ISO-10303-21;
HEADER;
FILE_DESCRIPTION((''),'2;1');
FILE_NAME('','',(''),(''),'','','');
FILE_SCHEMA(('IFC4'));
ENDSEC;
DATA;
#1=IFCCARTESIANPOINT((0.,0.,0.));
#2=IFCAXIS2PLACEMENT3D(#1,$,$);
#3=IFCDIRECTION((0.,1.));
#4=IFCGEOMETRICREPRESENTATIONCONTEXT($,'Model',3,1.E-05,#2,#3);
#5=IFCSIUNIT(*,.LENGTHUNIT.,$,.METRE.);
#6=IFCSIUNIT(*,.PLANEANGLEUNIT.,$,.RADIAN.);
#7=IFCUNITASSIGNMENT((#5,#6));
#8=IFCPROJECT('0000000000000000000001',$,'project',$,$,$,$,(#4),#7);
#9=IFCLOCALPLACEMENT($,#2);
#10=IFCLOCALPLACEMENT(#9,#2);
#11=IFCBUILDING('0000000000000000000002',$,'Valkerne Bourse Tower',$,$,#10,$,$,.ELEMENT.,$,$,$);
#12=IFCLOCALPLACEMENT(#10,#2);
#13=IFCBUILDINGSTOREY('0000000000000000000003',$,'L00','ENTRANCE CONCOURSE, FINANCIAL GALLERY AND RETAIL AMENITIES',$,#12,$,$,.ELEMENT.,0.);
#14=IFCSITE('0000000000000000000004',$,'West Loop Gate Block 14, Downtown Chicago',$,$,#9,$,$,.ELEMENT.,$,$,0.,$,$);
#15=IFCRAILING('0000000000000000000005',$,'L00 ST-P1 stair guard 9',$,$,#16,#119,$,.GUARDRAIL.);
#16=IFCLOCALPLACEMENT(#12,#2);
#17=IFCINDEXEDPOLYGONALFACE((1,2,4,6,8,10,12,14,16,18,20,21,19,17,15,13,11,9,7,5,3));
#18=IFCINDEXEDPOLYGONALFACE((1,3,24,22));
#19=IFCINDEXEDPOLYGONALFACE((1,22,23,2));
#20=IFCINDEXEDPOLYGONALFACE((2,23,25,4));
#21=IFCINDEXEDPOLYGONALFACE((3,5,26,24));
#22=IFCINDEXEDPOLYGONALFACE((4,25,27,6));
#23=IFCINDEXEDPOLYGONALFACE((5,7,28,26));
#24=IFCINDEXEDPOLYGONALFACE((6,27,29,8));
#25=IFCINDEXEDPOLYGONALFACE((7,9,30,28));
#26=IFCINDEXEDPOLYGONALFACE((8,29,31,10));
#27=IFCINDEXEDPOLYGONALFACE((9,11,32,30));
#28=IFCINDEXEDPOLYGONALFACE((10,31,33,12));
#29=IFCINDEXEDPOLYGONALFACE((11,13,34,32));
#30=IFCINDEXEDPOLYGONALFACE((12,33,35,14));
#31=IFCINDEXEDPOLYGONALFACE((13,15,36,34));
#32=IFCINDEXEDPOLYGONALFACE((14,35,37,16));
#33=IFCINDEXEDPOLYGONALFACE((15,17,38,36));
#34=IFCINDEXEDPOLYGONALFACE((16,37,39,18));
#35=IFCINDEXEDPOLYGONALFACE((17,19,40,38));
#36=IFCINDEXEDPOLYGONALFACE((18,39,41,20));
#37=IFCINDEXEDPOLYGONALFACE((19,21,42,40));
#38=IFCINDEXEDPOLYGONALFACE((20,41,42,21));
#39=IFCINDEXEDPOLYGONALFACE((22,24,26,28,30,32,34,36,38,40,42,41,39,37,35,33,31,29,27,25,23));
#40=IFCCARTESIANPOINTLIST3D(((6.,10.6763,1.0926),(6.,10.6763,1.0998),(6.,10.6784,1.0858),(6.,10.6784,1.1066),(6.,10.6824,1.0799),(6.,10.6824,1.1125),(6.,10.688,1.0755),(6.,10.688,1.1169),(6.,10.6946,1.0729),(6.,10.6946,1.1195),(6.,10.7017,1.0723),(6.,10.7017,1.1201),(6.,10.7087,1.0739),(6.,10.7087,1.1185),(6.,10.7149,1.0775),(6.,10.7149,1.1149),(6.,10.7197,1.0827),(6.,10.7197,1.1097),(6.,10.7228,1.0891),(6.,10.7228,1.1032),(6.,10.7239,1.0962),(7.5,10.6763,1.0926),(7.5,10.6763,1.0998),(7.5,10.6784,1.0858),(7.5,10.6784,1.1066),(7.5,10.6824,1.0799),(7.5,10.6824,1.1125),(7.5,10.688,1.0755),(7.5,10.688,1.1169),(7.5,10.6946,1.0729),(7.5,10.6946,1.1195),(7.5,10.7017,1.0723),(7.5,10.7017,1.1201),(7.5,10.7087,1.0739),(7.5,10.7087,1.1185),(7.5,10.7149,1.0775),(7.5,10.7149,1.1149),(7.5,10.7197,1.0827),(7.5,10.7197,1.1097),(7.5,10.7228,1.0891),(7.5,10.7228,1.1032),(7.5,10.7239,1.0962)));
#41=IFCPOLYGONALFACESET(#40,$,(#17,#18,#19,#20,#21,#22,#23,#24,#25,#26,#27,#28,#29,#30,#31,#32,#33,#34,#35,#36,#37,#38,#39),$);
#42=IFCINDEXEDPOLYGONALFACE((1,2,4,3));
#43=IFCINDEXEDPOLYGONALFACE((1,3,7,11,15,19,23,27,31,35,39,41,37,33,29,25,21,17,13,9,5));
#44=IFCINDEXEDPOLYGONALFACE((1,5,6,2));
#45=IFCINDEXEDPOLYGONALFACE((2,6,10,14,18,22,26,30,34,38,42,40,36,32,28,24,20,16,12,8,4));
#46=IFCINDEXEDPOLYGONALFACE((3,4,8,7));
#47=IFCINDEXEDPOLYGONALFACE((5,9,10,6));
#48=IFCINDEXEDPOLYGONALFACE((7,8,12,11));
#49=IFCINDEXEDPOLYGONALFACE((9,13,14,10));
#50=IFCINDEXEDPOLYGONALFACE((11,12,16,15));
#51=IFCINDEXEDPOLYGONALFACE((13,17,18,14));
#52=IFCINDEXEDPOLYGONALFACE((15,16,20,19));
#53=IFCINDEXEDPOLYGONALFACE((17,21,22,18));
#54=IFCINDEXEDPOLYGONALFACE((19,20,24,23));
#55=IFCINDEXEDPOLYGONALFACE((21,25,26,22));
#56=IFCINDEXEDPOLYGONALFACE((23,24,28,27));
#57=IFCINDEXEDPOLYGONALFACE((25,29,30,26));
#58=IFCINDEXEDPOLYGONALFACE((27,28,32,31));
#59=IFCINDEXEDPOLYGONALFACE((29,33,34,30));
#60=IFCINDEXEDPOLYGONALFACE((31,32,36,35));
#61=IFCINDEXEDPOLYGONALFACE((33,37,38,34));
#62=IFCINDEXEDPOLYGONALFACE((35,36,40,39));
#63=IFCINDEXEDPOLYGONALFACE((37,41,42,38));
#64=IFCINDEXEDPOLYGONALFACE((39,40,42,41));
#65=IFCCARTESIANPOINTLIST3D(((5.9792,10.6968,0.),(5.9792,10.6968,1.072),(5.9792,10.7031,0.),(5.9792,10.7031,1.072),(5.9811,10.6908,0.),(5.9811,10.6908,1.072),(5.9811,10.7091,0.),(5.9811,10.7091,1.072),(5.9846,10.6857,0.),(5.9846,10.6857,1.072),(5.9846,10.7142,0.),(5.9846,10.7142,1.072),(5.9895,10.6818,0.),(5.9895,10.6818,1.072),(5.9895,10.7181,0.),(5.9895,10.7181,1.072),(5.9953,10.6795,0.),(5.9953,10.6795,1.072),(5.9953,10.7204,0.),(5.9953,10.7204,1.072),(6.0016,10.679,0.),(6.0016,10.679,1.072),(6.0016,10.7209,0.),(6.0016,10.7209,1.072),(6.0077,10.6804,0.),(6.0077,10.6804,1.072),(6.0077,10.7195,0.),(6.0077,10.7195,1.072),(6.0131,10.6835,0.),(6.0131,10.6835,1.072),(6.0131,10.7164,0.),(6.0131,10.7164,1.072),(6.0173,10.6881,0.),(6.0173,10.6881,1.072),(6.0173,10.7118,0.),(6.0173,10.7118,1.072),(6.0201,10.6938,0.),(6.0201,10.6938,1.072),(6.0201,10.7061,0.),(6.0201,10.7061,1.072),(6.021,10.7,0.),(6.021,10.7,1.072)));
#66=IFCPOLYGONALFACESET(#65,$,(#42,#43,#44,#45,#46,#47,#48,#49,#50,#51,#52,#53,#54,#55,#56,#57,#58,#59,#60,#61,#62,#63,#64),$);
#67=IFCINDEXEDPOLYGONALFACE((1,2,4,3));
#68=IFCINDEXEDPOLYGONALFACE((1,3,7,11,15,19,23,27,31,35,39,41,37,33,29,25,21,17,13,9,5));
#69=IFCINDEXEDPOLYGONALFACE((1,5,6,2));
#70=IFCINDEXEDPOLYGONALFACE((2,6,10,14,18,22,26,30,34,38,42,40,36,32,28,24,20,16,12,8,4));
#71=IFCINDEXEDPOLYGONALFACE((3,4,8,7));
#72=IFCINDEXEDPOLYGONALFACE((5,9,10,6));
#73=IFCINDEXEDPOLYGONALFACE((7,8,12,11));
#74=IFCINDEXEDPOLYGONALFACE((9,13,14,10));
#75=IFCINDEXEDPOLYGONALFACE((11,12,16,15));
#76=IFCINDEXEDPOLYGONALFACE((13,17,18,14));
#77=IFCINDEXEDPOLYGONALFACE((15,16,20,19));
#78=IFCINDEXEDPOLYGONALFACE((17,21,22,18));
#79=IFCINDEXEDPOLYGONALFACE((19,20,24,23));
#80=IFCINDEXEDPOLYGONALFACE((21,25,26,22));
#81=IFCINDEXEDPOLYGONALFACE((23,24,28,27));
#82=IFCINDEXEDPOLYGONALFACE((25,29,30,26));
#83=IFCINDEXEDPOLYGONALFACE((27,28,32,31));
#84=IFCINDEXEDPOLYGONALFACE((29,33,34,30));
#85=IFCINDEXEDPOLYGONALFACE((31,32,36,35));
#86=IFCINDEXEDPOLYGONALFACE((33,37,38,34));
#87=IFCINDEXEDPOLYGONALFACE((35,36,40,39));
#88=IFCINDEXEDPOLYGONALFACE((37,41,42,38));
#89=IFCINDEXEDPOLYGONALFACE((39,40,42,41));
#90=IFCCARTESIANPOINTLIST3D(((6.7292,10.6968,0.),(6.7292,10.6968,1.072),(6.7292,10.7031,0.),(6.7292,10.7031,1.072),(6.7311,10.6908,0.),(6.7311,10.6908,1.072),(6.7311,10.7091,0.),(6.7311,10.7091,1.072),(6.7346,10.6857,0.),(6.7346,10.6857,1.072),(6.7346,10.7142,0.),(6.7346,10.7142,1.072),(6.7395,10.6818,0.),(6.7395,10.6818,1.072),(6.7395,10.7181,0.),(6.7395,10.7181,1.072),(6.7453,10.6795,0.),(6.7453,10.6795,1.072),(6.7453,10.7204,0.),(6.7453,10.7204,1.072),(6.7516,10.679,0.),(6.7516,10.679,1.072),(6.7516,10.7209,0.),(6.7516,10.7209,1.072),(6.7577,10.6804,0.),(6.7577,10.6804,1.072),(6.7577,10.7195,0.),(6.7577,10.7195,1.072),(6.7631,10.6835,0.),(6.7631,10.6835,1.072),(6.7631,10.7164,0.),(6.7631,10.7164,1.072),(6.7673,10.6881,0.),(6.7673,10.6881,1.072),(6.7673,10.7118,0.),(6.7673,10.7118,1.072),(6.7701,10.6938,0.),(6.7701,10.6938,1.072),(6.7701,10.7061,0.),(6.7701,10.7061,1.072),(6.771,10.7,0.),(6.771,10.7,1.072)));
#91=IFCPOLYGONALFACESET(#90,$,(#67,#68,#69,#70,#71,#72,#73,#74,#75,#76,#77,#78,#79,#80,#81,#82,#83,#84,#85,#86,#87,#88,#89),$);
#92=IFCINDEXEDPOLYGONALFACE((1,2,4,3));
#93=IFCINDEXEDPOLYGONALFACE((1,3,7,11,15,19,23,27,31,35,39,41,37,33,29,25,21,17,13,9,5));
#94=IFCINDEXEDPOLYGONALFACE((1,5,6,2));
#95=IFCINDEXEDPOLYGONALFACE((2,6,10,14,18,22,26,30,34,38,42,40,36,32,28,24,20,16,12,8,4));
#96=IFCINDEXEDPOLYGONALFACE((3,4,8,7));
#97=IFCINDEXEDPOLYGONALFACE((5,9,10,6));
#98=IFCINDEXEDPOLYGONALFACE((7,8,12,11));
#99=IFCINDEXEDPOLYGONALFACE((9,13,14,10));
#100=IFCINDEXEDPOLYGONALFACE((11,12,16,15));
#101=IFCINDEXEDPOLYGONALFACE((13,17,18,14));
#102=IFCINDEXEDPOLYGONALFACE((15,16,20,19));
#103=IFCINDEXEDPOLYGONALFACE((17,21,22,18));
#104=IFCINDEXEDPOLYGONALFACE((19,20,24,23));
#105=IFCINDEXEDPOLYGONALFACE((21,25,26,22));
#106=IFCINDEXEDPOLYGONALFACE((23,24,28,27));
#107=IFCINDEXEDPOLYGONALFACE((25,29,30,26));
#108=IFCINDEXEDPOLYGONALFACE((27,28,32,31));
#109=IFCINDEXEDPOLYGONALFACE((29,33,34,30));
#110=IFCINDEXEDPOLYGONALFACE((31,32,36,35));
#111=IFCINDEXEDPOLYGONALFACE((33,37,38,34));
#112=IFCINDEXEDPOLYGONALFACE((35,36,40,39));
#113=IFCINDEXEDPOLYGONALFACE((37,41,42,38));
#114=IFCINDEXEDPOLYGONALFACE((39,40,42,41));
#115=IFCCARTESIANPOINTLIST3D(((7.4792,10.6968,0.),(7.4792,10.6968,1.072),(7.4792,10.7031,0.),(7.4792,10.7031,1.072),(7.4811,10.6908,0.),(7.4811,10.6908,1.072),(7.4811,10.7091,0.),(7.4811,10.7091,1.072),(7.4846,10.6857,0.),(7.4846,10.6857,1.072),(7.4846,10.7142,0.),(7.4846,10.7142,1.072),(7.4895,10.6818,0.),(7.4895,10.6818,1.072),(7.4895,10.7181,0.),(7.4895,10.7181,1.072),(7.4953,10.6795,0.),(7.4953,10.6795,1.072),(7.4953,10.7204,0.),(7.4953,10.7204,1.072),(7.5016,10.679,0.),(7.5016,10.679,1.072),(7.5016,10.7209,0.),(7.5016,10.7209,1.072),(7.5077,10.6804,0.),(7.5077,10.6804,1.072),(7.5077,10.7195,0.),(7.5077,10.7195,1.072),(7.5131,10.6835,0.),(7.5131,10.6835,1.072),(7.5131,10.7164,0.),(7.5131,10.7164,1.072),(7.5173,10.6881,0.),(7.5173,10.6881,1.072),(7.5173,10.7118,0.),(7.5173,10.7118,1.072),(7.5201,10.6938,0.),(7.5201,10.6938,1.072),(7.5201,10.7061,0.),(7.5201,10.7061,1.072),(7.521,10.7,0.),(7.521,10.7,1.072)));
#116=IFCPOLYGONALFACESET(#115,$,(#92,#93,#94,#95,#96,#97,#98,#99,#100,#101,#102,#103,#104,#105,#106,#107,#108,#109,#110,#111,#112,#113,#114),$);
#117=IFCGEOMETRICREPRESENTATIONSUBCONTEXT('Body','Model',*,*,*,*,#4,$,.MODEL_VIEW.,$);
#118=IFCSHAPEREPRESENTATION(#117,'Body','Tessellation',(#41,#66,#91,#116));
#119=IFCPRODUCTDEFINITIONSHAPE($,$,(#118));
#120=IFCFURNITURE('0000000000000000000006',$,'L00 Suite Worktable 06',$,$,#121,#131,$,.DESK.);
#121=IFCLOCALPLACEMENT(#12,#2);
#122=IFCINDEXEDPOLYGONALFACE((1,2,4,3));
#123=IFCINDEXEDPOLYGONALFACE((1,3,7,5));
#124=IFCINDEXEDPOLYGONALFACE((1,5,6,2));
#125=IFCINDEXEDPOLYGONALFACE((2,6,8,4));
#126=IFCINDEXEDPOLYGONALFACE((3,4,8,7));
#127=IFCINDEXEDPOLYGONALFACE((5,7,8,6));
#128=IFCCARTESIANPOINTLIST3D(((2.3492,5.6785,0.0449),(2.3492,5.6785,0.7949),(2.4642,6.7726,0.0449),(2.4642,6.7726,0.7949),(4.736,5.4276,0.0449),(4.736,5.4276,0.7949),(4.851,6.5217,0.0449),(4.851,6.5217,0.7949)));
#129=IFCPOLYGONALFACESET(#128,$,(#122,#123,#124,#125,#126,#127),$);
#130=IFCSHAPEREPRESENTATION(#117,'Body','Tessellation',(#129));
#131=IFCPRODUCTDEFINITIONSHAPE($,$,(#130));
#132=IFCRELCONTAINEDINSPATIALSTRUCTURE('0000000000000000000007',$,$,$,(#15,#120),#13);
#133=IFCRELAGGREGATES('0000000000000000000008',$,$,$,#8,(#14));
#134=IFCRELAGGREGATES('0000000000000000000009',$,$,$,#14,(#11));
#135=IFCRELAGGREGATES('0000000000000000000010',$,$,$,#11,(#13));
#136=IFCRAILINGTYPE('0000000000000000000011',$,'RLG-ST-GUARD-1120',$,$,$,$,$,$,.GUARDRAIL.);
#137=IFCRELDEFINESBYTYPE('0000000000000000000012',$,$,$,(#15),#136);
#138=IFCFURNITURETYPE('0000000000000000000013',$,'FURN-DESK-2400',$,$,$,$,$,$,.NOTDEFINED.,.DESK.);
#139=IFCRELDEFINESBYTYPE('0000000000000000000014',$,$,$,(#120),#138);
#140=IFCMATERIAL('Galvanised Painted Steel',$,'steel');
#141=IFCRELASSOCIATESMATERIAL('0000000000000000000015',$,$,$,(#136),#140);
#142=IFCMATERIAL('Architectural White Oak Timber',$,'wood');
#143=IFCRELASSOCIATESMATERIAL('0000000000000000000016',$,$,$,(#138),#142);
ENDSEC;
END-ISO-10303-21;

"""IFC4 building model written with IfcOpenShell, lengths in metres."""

from ifc_helpers import new_model, si_unit, direction, frame, origin, origin_2d, place, context, subcontext, project, spatial, rectangle, circle, extrude, material, type_object, element, save


model = new_model("IFC4")

# Units and contexts
model_context = context("Model", 3, precision=1e-05, world=origin(), true_north=direction((0.0, 1.0)))
body_context = subcontext(model_context, "Body", "Model", "MODEL_VIEW")
ifc_project = project(units=[si_unit("LENGTHUNIT", "METRE"), si_unit("PLANEANGLEUNIT", "RADIAN")], contexts=[model_context])

# Site, building, storey
site_placement = place(None, origin())
site = spatial("IfcSite", under=ifc_project, at=site_placement, Name="West Loop Gate Block 14, Downtown Chicago", CompositionType="ELEMENT", RefElevation=0.0)
building_placement = place(site_placement, origin())
building = spatial("IfcBuilding", under=site, at=building_placement, Name="Valkerne Bourse Tower", CompositionType="ELEMENT")
storey_placement = place(building_placement, origin())
storey = spatial("IfcBuildingStorey", under=building, at=storey_placement, Name="L00", Description="ENTRANCE CONCOURSE, FINANCIAL GALLERY AND RETAIL AMENITIES", CompositionType="ELEMENT", Elevation=0.0)

# Shared definitions
ifc_material_1 = material(Name="Architectural White Oak Timber", Category="wood")

# Shared definitions
ifc_material_2 = material(Name="Galvanised Painted Steel", Category="steel")

# Railing
railing_type = type_object("IfcRailingType", Name="RLG-ST-GUARD-1120", PredefinedType="GUARDRAIL", material=ifc_material_2)
for number, where, name in (
    (1, (6.0, 10.7, 0.0), "L00 ST-P1 stair guard 9"),
):
    element("IfcRailing", number, at=place(storey_placement, frame(where)), inside=storey, type_object=railing_type, Name=name, PredefinedType="GUARDRAIL", context=body_context, shape_type="SweptSolid", body=[
        extrude(circle(Radius=0.0239, at=origin_2d()), frame((0.0, 0.0, 1.0962), z_axis=(1.0, 0.0, 0.0), x_axis=(0.0, 1.0, 0.0)), (0.0, 0.0, 1.0), 1.5),
        extrude(circle(Radius=0.021, at=origin_2d()), origin(), (0.0, 0.0, 1.0), 1.072),
        extrude(circle(Radius=0.021, at=origin_2d()), frame((0.75, 0.0, 0.0)), (0.0, 0.0, 1.0), 1.072),
        extrude(circle(Radius=0.021, at=origin_2d()), frame((1.5, 0.0, 0.0)), (0.0, 0.0, 1.0), 1.072),
    ])

# Furniture
furniture_type = type_object("IfcFurnitureType", Name="FURN-DESK-2400", AssemblyPlace="NOTDEFINED", PredefinedType="DESK", material=ifc_material_1)
furniture_placement = place(storey_placement, frame((3.6001, 6.1001, 0.0449), z_axis=(0.0, 0.0, 1.0), x_axis=(-0.994522, 0.104528, 0.0)))
element("IfcFurniture", 2, at=furniture_placement, inside=storey, type_object=furniture_type, Name="L00 Suite Worktable 06", PredefinedType="DESK", context=body_context, shape_type="SweptSolid", body=[
    extrude(rectangle(XDim=2.3999, YDim=1.1001, at=origin_2d()), origin(), (0.0, 0.0, 1.0), 0.75),
])

save(model, "model.ifc")
